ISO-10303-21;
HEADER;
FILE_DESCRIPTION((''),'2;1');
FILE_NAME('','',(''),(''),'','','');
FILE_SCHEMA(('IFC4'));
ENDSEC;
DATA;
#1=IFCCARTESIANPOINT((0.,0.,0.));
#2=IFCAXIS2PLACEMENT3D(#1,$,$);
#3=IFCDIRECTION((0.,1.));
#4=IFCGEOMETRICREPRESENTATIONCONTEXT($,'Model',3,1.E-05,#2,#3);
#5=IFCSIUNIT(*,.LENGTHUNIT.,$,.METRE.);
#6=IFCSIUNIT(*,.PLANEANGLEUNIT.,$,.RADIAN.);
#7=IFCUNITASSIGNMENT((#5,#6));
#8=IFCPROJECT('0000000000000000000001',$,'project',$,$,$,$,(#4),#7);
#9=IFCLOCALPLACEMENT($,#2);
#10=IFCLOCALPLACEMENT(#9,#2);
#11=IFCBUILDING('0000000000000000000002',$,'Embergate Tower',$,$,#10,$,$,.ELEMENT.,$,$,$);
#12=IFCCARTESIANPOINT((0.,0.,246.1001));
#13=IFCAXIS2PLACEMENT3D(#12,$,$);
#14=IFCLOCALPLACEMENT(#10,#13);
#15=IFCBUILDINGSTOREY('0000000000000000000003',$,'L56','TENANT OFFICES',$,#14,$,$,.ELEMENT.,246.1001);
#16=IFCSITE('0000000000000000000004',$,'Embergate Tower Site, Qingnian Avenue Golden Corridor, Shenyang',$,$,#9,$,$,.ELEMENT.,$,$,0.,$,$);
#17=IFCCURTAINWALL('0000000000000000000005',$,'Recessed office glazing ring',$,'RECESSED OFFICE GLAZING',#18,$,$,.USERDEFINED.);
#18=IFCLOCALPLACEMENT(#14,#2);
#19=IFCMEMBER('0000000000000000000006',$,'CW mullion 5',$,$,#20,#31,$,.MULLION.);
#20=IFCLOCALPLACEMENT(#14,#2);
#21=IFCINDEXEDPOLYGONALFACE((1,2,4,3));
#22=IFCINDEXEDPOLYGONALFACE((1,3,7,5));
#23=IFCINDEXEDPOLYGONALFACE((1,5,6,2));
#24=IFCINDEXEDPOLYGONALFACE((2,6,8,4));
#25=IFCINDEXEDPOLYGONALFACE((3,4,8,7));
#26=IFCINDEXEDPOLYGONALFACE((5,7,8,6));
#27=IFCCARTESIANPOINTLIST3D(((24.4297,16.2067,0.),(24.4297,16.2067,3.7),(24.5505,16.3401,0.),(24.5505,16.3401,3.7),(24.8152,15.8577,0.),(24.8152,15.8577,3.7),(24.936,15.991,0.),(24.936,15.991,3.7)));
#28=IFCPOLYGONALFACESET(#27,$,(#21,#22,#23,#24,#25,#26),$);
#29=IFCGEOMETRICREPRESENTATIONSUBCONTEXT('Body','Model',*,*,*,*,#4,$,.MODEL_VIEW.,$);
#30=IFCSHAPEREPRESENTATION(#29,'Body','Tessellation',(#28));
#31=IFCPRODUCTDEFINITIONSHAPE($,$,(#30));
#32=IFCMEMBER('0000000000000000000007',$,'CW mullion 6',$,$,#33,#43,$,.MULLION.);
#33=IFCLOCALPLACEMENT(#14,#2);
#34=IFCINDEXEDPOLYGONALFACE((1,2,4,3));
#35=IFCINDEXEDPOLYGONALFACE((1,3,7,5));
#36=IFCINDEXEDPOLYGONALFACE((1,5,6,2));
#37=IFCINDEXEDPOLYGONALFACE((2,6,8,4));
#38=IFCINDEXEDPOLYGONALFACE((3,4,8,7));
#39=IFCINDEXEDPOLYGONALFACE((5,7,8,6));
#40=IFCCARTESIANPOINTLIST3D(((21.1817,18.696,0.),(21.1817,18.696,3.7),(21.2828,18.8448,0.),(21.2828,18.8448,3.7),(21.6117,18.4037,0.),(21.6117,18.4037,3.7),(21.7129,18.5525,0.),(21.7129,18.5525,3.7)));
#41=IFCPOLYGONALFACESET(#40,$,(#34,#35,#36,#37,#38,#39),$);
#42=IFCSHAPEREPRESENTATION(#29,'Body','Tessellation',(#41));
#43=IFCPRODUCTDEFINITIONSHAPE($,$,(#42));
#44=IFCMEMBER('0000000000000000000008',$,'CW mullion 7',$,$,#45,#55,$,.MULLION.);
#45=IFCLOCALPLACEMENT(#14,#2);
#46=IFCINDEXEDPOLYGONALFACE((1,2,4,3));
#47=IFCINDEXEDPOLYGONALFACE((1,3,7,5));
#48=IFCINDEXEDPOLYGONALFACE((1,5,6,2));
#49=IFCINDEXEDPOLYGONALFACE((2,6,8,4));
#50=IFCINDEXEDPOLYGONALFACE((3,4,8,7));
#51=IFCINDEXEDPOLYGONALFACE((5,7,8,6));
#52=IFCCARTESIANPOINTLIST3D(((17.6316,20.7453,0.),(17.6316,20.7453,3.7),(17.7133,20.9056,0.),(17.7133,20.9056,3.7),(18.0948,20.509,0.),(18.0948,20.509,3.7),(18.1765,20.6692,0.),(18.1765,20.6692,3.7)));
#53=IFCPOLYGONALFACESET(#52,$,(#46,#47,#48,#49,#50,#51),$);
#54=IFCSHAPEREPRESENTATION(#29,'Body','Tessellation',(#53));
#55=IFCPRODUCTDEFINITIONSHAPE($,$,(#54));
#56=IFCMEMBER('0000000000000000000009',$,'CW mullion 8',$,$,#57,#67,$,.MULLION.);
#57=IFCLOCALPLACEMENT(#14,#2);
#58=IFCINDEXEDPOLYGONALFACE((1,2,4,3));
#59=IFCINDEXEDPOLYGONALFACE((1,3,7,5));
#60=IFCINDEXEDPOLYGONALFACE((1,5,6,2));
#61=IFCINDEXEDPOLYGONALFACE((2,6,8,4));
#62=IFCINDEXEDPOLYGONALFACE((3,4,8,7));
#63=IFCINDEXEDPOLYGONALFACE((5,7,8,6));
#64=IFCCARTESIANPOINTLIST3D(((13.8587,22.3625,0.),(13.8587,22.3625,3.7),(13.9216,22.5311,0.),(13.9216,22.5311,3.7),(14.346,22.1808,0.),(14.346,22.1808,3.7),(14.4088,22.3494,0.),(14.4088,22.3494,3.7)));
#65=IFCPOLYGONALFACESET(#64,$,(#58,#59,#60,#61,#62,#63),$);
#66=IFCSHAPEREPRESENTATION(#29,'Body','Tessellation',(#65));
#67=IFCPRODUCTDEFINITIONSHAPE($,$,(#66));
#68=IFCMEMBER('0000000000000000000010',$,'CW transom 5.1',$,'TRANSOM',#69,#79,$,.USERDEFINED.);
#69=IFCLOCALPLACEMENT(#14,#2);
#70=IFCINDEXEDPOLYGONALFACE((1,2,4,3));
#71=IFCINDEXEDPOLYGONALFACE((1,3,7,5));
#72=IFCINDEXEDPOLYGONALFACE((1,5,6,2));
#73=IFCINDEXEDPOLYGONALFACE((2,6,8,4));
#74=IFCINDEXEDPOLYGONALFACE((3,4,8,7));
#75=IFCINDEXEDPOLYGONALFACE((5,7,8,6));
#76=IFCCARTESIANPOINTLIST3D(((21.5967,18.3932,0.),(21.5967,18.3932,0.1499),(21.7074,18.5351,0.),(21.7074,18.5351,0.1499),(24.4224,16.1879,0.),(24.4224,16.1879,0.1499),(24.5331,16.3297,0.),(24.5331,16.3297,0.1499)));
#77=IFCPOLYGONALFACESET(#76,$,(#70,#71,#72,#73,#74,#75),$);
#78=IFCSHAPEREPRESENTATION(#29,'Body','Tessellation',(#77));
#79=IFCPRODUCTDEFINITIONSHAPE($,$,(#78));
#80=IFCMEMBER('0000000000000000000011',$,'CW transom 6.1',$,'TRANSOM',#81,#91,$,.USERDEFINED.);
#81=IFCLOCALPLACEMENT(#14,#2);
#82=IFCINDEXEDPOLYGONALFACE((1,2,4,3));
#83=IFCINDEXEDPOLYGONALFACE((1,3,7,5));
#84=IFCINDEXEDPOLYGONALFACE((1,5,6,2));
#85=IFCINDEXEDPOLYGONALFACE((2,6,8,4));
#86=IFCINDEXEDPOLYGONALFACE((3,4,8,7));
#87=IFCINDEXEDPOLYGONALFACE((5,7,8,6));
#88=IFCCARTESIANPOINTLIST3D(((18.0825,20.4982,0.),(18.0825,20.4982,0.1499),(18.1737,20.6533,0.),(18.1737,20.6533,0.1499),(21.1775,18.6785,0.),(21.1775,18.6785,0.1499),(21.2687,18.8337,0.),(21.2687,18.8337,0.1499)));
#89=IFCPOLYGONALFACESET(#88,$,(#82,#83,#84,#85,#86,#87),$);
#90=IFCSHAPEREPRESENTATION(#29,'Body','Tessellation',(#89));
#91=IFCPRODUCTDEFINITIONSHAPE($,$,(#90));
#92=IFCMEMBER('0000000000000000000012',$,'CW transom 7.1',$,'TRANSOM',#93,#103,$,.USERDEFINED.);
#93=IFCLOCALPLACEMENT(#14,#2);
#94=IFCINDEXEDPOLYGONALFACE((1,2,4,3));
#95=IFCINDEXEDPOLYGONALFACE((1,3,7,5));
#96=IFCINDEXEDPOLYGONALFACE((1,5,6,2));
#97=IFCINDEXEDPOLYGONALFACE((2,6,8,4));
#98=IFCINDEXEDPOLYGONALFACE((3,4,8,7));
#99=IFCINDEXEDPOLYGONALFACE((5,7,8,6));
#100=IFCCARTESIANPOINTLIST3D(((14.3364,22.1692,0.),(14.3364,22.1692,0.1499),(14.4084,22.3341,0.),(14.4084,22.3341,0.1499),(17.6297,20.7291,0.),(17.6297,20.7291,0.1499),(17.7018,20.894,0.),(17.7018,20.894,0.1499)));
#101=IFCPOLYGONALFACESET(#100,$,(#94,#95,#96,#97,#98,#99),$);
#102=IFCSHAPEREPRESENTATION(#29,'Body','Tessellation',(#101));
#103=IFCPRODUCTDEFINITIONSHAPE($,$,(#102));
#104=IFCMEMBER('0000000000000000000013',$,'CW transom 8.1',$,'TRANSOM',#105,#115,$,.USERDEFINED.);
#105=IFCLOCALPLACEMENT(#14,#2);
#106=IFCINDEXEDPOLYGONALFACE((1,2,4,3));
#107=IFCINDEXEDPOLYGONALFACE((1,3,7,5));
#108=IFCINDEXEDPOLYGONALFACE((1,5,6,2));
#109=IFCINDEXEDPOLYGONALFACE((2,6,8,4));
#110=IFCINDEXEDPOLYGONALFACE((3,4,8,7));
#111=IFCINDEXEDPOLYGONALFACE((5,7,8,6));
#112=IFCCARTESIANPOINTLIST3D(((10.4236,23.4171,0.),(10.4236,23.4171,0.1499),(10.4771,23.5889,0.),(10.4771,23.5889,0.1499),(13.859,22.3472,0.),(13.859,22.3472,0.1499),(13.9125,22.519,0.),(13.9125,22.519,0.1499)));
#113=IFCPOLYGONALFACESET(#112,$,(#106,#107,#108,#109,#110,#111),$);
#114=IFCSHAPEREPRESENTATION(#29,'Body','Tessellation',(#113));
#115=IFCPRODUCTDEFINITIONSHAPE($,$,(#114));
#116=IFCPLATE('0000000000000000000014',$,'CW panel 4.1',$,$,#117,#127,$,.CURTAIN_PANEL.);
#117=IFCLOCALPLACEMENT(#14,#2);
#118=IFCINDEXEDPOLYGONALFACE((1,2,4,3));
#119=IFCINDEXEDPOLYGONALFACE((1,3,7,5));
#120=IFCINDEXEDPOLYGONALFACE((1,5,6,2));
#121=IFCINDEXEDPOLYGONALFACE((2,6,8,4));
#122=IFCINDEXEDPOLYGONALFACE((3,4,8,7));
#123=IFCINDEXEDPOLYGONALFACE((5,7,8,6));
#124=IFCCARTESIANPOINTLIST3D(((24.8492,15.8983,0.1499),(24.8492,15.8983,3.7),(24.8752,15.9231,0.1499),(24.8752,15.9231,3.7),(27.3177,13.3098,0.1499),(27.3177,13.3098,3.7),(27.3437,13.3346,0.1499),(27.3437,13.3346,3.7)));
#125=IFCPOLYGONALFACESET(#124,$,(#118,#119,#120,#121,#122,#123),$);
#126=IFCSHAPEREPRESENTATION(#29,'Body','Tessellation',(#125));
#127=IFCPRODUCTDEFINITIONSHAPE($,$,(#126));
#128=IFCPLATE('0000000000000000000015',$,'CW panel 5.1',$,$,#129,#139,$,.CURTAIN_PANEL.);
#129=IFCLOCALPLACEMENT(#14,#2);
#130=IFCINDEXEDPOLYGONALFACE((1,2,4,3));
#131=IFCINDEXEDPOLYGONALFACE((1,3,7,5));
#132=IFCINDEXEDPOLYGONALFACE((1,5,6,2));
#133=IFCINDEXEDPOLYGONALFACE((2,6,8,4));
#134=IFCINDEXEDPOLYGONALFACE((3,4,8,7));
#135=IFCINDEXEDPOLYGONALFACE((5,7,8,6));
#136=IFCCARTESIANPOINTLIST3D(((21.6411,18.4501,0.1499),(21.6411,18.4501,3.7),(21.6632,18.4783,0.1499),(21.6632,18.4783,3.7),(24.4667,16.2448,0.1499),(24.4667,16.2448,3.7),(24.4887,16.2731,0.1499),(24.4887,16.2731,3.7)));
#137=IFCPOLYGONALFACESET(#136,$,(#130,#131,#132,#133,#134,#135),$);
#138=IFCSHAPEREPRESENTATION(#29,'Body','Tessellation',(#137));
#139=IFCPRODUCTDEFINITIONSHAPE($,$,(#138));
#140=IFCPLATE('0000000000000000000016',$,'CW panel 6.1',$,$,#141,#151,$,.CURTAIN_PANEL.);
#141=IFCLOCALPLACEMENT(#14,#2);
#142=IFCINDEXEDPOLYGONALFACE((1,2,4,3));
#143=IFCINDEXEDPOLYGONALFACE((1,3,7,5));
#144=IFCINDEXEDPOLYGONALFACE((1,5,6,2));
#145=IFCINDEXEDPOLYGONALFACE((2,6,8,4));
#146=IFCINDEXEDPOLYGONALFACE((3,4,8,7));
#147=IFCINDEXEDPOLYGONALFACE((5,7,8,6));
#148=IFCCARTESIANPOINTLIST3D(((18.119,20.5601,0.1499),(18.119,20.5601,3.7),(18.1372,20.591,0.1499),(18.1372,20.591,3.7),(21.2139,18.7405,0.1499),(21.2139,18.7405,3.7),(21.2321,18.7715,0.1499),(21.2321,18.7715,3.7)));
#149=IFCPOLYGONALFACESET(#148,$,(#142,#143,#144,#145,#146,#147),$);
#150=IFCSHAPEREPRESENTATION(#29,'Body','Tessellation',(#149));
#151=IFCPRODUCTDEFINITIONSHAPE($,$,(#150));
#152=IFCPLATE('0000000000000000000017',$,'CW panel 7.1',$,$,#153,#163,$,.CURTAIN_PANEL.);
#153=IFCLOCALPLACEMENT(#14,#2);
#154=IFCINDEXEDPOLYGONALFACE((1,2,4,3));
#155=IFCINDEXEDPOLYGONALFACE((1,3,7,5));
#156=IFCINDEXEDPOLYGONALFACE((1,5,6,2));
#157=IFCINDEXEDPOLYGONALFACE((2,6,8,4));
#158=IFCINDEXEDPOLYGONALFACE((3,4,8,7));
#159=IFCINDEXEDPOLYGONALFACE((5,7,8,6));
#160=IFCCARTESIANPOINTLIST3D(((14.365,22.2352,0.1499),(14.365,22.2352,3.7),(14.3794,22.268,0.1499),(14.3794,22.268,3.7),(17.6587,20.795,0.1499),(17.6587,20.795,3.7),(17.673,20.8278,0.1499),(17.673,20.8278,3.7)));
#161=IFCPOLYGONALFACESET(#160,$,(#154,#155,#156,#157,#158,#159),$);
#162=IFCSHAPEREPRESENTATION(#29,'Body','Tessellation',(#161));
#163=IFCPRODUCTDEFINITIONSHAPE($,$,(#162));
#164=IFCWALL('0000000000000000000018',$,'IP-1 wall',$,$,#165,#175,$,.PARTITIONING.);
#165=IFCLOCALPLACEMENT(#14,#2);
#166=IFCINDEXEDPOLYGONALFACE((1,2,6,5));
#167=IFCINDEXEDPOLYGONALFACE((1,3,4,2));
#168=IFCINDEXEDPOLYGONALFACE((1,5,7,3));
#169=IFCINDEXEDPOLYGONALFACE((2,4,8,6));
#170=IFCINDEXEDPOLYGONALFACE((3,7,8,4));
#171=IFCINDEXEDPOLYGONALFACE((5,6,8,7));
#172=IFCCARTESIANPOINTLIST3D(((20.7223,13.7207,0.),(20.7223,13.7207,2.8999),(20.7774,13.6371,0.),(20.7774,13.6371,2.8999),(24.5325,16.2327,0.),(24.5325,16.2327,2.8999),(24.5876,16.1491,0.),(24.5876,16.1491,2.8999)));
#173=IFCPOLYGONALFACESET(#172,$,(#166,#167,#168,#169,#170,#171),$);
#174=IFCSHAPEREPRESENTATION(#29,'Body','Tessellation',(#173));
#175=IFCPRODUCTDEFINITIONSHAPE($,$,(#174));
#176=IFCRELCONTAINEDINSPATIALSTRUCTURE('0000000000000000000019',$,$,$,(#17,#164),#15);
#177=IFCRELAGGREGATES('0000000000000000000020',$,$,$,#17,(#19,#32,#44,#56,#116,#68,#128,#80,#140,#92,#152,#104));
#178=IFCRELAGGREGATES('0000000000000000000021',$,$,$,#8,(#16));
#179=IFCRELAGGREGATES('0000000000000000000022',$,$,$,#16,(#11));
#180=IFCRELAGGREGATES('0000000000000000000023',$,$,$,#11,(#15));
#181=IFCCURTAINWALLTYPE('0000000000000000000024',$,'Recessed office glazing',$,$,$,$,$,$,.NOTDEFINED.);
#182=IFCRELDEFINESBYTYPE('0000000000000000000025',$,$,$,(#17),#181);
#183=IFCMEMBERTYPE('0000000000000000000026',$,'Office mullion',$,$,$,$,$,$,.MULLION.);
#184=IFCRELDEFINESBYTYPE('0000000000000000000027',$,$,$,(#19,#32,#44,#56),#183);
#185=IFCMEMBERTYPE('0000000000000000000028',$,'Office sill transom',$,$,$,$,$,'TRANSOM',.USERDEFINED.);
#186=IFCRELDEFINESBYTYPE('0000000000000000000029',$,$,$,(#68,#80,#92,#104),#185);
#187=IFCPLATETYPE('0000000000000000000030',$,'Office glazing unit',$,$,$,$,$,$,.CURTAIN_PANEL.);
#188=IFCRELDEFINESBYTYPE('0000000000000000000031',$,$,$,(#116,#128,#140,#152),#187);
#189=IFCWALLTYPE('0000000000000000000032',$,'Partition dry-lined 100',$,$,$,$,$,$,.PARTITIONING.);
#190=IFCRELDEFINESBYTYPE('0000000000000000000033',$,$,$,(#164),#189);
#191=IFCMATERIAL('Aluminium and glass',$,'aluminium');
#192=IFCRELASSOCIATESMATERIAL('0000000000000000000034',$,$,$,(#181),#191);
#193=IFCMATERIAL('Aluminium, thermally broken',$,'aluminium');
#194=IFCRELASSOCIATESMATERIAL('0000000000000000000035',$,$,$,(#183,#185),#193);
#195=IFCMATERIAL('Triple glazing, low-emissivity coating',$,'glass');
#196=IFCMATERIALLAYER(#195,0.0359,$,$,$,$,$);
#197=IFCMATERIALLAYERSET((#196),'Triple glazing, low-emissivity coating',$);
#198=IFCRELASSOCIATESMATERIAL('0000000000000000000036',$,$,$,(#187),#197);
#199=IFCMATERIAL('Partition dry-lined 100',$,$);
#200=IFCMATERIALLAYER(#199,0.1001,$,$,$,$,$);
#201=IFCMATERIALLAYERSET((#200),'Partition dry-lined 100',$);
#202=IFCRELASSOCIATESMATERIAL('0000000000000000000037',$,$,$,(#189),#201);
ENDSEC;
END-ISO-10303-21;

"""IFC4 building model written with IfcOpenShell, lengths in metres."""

from ifc_helpers import new_model, si_unit, direction, frame, frame_2d, origin, origin_2d, place, context, subcontext, project, spatial, rectangle, extrude, source, transform, mapped, material, layer, layer_set, material_profile, profile_set, type_object, element, aggregate, save


model = new_model("IFC4")

# Units and contexts
model_context = context("Model", 3, precision=1e-05, world=origin(), true_north=direction((0.0, 1.0)))
body_context = subcontext(model_context, "Body", "Model", "MODEL_VIEW")
ifc_project = project(units=[si_unit("LENGTHUNIT", "METRE"), si_unit("PLANEANGLEUNIT", "RADIAN")], contexts=[model_context])

# Site, building, storey
site_placement = place(None, origin())
site = spatial("IfcSite", under=ifc_project, at=site_placement, Name="Embergate Tower Site, Qingnian Avenue Golden Corridor, Shenyang", CompositionType="ELEMENT", RefElevation=0.0)
building_placement = place(site_placement, origin())
building = spatial("IfcBuilding", under=site, at=building_placement, Name="Embergate Tower", CompositionType="ELEMENT")
storey_placement = place(building_placement, frame((0.0, 0.0, 246.1001)))
storey = spatial("IfcBuildingStorey", under=building, at=storey_placement, Name="L56", Description="TENANT OFFICES", CompositionType="ELEMENT", Elevation=246.1001)

# Curtain wall, members, plates
ifc_material_1 = material(Name="Aluminium and glass", Category="aluminium")
curtain_wall_type = type_object("IfcCurtainWallType", Name="Recessed office glazing", PredefinedType="NOTDEFINED", material=ifc_material_1)
curtain_wall_placement = place(storey_placement, origin())
curtain_wall = element("IfcCurtainWall", 1, at=curtain_wall_placement, inside=storey, type_object=curtain_wall_type, Name="Recessed office glazing ring", ObjectType="RECESSED OFFICE GLAZING", PredefinedType="USERDEFINED")
ifc_material_2 = material(Name="Aluminium, thermally broken", Category="aluminium")
ifc_material_profile_1 = material_profile(ifc_material_2, rectangle(XDim=0.1799, YDim=0.52, at=origin_2d()), Name="AL 520x180")
ifc_profile_set_1 = profile_set([ifc_material_profile_1], Name="Aluminium, thermally broken")
member_type_1 = type_object("IfcMemberType", Name="Office mullion", PredefinedType="MULLION", material=ifc_profile_set_1)
shared_shape_1 = source(origin(), body_context, "Body", "SweptSolid", [
    extrude(rectangle(XDim=0.1799, YDim=0.52, at=origin_2d()), origin(), (0.0, 0.0, 1.0), 3.7),
])
member_1_placement = place(storey_placement, frame((24.6829, 16.0989, 0.0), z_axis=(0.0, 0.0, 1.0), x_axis=(-0.671224, -0.741255, 0.0)))
member_1 = element("IfcMember", 2, at=member_1_placement, type_object=member_type_1, Name="CW mullion 5", PredefinedType="MULLION", context=body_context, shape_type="MappedRepresentation", body=[
    mapped(shared_shape_1, transform((0.0, 0.0, 0.0))),
])
member_2_placement = place(storey_placement, frame((21.4473, 18.6243, 0.0), z_axis=(0.0, 0.0, 1.0), x_axis=(-0.562215, -0.826991, 0.0)))
member_2 = element("IfcMember", 3, at=member_2_placement, type_object=member_type_1, Name="CW mullion 6", PredefinedType="MULLION", context=body_context, shape_type="MappedRepresentation", body=[
    mapped(shared_shape_1, transform((0.0, 0.0, 0.0))),
])
member_3_placement = place(storey_placement, frame((17.9041, 20.7073, 0.0), z_axis=(0.0, 0.0, 1.0), x_axis=(-0.45451, -0.890742, 0.0)))
member_3 = element("IfcMember", 4, at=member_3_placement, type_object=member_type_1, Name="CW mullion 7", PredefinedType="MULLION", context=body_context, shape_type="MappedRepresentation", body=[
    mapped(shared_shape_1, transform((0.0, 0.0, 0.0))),
])
member_4_placement = place(storey_placement, frame((14.1338, 22.356, 0.0), z_axis=(0.0, 0.0, 1.0), x_axis=(-0.349503, -0.936935, 0.0)))
member_4 = element("IfcMember", 5, at=member_4_placement, type_object=member_type_1, Name="CW mullion 8", PredefinedType="MULLION", context=body_context, shape_type="MappedRepresentation", body=[
    mapped(shared_shape_1, transform((0.0, 0.0, 0.0))),
])
ifc_material_profile_2 = material_profile(ifc_material_2, rectangle(XDim=0.1799, YDim=0.1499, at=origin_2d()), Name="AL 150x180")
ifc_profile_set_2 = profile_set([ifc_material_profile_2], Name="Aluminium, thermally broken")
member_type_2 = type_object("IfcMemberType", Name="Office sill transom", ElementType="TRANSOM", PredefinedType="USERDEFINED", material=ifc_profile_set_2)
shared_shape_2 = source(origin(), body_context, "Body", "SweptSolid", [
    extrude(rectangle(XDim=0.1799, YDim=0.1499, at=origin_2d()), origin(), (0.0, 0.0, 1.0), 3.5845),
])
member_5_placement = place(storey_placement, frame((24.4778, 16.2588, 0.075), z_axis=(-0.788328, 0.615255, 0.0), x_axis=(-0.615255, -0.788328, 0.0)))
member_5 = element("IfcMember", 6, at=member_5_placement, type_object=member_type_2, Name="CW transom 5.1", ObjectType="TRANSOM", PredefinedType="USERDEFINED", context=body_context, shape_type="MappedRepresentation", body=[
    mapped(shared_shape_2, transform((0.0, 0.0, 0.0))),
])
shared_shape_3 = source(origin(), body_context, "Body", "SweptSolid", [
    extrude(rectangle(XDim=0.1799, YDim=0.1499, at=origin_2d()), origin(), (0.0, 0.0, 1.0), 3.5903),
])
member_6_placement = place(storey_placement, frame((21.2231, 18.7561, 0.075), z_axis=(-0.862055, 0.506815, 0.0), x_axis=(-0.506815, -0.862055, 0.0)))
member_6 = element("IfcMember", 7, at=member_6_placement, type_object=member_type_2, Name="CW transom 6.1", ObjectType="TRANSOM", PredefinedType="USERDEFINED", context=body_context, shape_type="MappedRepresentation", body=[
    mapped(shared_shape_3, transform((0.0, 0.0, 0.0))),
])
shared_shape_4 = source(origin(), body_context, "Body", "SweptSolid", [
    extrude(rectangle(XDim=0.1799, YDim=0.1499, at=origin_2d()), origin(), (0.0, 0.0, 1.0), 3.5945),
])
member_7_placement = place(storey_placement, frame((17.6658, 20.8115, 0.075), z_axis=(-0.916229, 0.400655, 0.0), x_axis=(-0.400655, -0.916229, 0.0)))
member_7 = element("IfcMember", 8, at=member_7_placement, type_object=member_type_2, Name="CW transom 7.1", ObjectType="TRANSOM", PredefinedType="USERDEFINED", context=body_context, shape_type="MappedRepresentation", body=[
    mapped(shared_shape_4, transform((0.0, 0.0, 0.0))),
])
shared_shape_5 = source(origin(), body_context, "Body", "SweptSolid", [
    extrude(rectangle(XDim=0.1799, YDim=0.1499, at=origin_2d()), origin(), (0.0, 0.0, 1.0), 3.5981),
])
member_8_placement = place(storey_placement, frame((13.8857, 22.4331, 0.075), z_axis=(-0.954773, 0.297336, 0.0), x_axis=(-0.297336, -0.954773, 0.0)))
member_8 = element("IfcMember", 9, at=member_8_placement, type_object=member_type_2, Name="CW transom 8.1", ObjectType="TRANSOM", PredefinedType="USERDEFINED", context=body_context, shape_type="MappedRepresentation", body=[
    mapped(shared_shape_5, transform((0.0, 0.0, 0.0))),
])
ifc_material_3 = material(Name="Triple glazing, low-emissivity coating", Category="glass")
ifc_layer_1 = layer(ifc_material_3, 0.0359)
ifc_layer_set_1 = layer_set([ifc_layer_1], Name="Triple glazing, low-emissivity coating")
plate_type = type_object("IfcPlateType", Name="Office glazing unit", PredefinedType="CURTAIN_PANEL", material=ifc_layer_set_1)
shared_shape_6 = source(origin(), body_context, "Body", "SweptSolid", [
    extrude(rectangle(XDim=3.5769, YDim=0.0359, at=origin_2d()), origin(), (0.0, 0.0, 1.0), 3.55),
])
plate_1_placement = place(storey_placement, frame((26.0964, 14.6165, 0.1499), z_axis=(0.0, 0.0, 1.0), x_axis=(-0.690134, 0.723682, 0.0)))
plate_1 = element("IfcPlate", 10, at=plate_1_placement, type_object=plate_type, Name="CW panel 4.1", PredefinedType="CURTAIN_PANEL", context=body_context, shape_type="MappedRepresentation", body=[
    mapped(shared_shape_6, transform((0.0, 0.0, 0.0))),
])
shared_shape_7 = source(origin(), body_context, "Body", "SweptSolid", [
    extrude(rectangle(XDim=3.5842, YDim=0.0359, at=origin_2d()), origin(), (0.0, 0.0, 1.0), 3.55),
])
plate_2_placement = place(storey_placement, frame((23.0649, 17.3616, 0.1499), z_axis=(0.0, 0.0, 1.0), x_axis=(-0.788319, 0.615267, 0.0)))
plate_2 = element("IfcPlate", 11, at=plate_2_placement, type_object=plate_type, Name="CW panel 5.1", PredefinedType="CURTAIN_PANEL", context=body_context, shape_type="MappedRepresentation", body=[
    mapped(shared_shape_7, transform((0.0, 0.0, 0.0))),
])
shared_shape_8 = source(origin(), body_context, "Body", "SweptSolid", [
    extrude(rectangle(XDim=3.5901, YDim=0.0359, at=origin_2d()), origin(), (0.0, 0.0, 1.0), 3.55),
])
plate_3_placement = place(storey_placement, frame((19.6755, 19.6658, 0.1499), z_axis=(0.0, 0.0, 1.0), x_axis=(-0.862051, 0.506821, 0.0)))
plate_3 = element("IfcPlate", 12, at=plate_3_placement, type_object=plate_type, Name="CW panel 6.1", PredefinedType="CURTAIN_PANEL", context=body_context, shape_type="MappedRepresentation", body=[
    mapped(shared_shape_8, transform((0.0, 0.0, 0.0))),
])
shared_shape_9 = source(origin(), body_context, "Body", "SweptSolid", [
    extrude(rectangle(XDim=3.5947, YDim=0.0359, at=origin_2d()), origin(), (0.0, 0.0, 1.0), 3.55),
])
plate_4_placement = place(storey_placement, frame((16.019, 21.5315, 0.1499), z_axis=(0.0, 0.0, 1.0), x_axis=(-0.916235, 0.400642, 0.0)))
plate_4 = element("IfcPlate", 13, at=plate_4_placement, type_object=plate_type, Name="CW panel 7.1", PredefinedType="CURTAIN_PANEL", context=body_context, shape_type="MappedRepresentation", body=[
    mapped(shared_shape_9, transform((0.0, 0.0, 0.0))),
])
aggregate(curtain_wall, [member_1, member_2, member_3, member_4, plate_1, member_5, plate_2, member_6, plate_3, member_7, plate_4, member_8])

# Wall
ifc_material_4 = material(Name="Partition dry-lined 100")
ifc_layer_2 = layer(ifc_material_4, 0.1001)
ifc_layer_set_2 = layer_set([ifc_layer_2], Name="Partition dry-lined 100")
wall_type = type_object("IfcWallType", Name="Partition dry-lined 100", PredefinedType="PARTITIONING", material=ifc_layer_set_2)
shared_shape_10 = source(origin(), body_context, "Body", "SweptSolid", [
    extrude(rectangle(XDim=4.5637, YDim=0.1001, at=frame_2d((2.2817, 0.0))), origin(), (0.0, 0.0, 1.0), 2.8999),
])
wall_placement = place(storey_placement, frame((20.75, 13.679, 0.0), z_axis=(0.0, 0.0, 1.0), x_axis=(0.834879, 0.550434, 0.0)))
element("IfcWall", 14, at=wall_placement, inside=storey, type_object=wall_type, Name="IP-1 wall", PredefinedType="PARTITIONING", context=body_context, shape_type="MappedRepresentation", body=[
    mapped(shared_shape_10, transform((0.0, 0.0, 0.0))),
])

save(model, "model.ifc")
